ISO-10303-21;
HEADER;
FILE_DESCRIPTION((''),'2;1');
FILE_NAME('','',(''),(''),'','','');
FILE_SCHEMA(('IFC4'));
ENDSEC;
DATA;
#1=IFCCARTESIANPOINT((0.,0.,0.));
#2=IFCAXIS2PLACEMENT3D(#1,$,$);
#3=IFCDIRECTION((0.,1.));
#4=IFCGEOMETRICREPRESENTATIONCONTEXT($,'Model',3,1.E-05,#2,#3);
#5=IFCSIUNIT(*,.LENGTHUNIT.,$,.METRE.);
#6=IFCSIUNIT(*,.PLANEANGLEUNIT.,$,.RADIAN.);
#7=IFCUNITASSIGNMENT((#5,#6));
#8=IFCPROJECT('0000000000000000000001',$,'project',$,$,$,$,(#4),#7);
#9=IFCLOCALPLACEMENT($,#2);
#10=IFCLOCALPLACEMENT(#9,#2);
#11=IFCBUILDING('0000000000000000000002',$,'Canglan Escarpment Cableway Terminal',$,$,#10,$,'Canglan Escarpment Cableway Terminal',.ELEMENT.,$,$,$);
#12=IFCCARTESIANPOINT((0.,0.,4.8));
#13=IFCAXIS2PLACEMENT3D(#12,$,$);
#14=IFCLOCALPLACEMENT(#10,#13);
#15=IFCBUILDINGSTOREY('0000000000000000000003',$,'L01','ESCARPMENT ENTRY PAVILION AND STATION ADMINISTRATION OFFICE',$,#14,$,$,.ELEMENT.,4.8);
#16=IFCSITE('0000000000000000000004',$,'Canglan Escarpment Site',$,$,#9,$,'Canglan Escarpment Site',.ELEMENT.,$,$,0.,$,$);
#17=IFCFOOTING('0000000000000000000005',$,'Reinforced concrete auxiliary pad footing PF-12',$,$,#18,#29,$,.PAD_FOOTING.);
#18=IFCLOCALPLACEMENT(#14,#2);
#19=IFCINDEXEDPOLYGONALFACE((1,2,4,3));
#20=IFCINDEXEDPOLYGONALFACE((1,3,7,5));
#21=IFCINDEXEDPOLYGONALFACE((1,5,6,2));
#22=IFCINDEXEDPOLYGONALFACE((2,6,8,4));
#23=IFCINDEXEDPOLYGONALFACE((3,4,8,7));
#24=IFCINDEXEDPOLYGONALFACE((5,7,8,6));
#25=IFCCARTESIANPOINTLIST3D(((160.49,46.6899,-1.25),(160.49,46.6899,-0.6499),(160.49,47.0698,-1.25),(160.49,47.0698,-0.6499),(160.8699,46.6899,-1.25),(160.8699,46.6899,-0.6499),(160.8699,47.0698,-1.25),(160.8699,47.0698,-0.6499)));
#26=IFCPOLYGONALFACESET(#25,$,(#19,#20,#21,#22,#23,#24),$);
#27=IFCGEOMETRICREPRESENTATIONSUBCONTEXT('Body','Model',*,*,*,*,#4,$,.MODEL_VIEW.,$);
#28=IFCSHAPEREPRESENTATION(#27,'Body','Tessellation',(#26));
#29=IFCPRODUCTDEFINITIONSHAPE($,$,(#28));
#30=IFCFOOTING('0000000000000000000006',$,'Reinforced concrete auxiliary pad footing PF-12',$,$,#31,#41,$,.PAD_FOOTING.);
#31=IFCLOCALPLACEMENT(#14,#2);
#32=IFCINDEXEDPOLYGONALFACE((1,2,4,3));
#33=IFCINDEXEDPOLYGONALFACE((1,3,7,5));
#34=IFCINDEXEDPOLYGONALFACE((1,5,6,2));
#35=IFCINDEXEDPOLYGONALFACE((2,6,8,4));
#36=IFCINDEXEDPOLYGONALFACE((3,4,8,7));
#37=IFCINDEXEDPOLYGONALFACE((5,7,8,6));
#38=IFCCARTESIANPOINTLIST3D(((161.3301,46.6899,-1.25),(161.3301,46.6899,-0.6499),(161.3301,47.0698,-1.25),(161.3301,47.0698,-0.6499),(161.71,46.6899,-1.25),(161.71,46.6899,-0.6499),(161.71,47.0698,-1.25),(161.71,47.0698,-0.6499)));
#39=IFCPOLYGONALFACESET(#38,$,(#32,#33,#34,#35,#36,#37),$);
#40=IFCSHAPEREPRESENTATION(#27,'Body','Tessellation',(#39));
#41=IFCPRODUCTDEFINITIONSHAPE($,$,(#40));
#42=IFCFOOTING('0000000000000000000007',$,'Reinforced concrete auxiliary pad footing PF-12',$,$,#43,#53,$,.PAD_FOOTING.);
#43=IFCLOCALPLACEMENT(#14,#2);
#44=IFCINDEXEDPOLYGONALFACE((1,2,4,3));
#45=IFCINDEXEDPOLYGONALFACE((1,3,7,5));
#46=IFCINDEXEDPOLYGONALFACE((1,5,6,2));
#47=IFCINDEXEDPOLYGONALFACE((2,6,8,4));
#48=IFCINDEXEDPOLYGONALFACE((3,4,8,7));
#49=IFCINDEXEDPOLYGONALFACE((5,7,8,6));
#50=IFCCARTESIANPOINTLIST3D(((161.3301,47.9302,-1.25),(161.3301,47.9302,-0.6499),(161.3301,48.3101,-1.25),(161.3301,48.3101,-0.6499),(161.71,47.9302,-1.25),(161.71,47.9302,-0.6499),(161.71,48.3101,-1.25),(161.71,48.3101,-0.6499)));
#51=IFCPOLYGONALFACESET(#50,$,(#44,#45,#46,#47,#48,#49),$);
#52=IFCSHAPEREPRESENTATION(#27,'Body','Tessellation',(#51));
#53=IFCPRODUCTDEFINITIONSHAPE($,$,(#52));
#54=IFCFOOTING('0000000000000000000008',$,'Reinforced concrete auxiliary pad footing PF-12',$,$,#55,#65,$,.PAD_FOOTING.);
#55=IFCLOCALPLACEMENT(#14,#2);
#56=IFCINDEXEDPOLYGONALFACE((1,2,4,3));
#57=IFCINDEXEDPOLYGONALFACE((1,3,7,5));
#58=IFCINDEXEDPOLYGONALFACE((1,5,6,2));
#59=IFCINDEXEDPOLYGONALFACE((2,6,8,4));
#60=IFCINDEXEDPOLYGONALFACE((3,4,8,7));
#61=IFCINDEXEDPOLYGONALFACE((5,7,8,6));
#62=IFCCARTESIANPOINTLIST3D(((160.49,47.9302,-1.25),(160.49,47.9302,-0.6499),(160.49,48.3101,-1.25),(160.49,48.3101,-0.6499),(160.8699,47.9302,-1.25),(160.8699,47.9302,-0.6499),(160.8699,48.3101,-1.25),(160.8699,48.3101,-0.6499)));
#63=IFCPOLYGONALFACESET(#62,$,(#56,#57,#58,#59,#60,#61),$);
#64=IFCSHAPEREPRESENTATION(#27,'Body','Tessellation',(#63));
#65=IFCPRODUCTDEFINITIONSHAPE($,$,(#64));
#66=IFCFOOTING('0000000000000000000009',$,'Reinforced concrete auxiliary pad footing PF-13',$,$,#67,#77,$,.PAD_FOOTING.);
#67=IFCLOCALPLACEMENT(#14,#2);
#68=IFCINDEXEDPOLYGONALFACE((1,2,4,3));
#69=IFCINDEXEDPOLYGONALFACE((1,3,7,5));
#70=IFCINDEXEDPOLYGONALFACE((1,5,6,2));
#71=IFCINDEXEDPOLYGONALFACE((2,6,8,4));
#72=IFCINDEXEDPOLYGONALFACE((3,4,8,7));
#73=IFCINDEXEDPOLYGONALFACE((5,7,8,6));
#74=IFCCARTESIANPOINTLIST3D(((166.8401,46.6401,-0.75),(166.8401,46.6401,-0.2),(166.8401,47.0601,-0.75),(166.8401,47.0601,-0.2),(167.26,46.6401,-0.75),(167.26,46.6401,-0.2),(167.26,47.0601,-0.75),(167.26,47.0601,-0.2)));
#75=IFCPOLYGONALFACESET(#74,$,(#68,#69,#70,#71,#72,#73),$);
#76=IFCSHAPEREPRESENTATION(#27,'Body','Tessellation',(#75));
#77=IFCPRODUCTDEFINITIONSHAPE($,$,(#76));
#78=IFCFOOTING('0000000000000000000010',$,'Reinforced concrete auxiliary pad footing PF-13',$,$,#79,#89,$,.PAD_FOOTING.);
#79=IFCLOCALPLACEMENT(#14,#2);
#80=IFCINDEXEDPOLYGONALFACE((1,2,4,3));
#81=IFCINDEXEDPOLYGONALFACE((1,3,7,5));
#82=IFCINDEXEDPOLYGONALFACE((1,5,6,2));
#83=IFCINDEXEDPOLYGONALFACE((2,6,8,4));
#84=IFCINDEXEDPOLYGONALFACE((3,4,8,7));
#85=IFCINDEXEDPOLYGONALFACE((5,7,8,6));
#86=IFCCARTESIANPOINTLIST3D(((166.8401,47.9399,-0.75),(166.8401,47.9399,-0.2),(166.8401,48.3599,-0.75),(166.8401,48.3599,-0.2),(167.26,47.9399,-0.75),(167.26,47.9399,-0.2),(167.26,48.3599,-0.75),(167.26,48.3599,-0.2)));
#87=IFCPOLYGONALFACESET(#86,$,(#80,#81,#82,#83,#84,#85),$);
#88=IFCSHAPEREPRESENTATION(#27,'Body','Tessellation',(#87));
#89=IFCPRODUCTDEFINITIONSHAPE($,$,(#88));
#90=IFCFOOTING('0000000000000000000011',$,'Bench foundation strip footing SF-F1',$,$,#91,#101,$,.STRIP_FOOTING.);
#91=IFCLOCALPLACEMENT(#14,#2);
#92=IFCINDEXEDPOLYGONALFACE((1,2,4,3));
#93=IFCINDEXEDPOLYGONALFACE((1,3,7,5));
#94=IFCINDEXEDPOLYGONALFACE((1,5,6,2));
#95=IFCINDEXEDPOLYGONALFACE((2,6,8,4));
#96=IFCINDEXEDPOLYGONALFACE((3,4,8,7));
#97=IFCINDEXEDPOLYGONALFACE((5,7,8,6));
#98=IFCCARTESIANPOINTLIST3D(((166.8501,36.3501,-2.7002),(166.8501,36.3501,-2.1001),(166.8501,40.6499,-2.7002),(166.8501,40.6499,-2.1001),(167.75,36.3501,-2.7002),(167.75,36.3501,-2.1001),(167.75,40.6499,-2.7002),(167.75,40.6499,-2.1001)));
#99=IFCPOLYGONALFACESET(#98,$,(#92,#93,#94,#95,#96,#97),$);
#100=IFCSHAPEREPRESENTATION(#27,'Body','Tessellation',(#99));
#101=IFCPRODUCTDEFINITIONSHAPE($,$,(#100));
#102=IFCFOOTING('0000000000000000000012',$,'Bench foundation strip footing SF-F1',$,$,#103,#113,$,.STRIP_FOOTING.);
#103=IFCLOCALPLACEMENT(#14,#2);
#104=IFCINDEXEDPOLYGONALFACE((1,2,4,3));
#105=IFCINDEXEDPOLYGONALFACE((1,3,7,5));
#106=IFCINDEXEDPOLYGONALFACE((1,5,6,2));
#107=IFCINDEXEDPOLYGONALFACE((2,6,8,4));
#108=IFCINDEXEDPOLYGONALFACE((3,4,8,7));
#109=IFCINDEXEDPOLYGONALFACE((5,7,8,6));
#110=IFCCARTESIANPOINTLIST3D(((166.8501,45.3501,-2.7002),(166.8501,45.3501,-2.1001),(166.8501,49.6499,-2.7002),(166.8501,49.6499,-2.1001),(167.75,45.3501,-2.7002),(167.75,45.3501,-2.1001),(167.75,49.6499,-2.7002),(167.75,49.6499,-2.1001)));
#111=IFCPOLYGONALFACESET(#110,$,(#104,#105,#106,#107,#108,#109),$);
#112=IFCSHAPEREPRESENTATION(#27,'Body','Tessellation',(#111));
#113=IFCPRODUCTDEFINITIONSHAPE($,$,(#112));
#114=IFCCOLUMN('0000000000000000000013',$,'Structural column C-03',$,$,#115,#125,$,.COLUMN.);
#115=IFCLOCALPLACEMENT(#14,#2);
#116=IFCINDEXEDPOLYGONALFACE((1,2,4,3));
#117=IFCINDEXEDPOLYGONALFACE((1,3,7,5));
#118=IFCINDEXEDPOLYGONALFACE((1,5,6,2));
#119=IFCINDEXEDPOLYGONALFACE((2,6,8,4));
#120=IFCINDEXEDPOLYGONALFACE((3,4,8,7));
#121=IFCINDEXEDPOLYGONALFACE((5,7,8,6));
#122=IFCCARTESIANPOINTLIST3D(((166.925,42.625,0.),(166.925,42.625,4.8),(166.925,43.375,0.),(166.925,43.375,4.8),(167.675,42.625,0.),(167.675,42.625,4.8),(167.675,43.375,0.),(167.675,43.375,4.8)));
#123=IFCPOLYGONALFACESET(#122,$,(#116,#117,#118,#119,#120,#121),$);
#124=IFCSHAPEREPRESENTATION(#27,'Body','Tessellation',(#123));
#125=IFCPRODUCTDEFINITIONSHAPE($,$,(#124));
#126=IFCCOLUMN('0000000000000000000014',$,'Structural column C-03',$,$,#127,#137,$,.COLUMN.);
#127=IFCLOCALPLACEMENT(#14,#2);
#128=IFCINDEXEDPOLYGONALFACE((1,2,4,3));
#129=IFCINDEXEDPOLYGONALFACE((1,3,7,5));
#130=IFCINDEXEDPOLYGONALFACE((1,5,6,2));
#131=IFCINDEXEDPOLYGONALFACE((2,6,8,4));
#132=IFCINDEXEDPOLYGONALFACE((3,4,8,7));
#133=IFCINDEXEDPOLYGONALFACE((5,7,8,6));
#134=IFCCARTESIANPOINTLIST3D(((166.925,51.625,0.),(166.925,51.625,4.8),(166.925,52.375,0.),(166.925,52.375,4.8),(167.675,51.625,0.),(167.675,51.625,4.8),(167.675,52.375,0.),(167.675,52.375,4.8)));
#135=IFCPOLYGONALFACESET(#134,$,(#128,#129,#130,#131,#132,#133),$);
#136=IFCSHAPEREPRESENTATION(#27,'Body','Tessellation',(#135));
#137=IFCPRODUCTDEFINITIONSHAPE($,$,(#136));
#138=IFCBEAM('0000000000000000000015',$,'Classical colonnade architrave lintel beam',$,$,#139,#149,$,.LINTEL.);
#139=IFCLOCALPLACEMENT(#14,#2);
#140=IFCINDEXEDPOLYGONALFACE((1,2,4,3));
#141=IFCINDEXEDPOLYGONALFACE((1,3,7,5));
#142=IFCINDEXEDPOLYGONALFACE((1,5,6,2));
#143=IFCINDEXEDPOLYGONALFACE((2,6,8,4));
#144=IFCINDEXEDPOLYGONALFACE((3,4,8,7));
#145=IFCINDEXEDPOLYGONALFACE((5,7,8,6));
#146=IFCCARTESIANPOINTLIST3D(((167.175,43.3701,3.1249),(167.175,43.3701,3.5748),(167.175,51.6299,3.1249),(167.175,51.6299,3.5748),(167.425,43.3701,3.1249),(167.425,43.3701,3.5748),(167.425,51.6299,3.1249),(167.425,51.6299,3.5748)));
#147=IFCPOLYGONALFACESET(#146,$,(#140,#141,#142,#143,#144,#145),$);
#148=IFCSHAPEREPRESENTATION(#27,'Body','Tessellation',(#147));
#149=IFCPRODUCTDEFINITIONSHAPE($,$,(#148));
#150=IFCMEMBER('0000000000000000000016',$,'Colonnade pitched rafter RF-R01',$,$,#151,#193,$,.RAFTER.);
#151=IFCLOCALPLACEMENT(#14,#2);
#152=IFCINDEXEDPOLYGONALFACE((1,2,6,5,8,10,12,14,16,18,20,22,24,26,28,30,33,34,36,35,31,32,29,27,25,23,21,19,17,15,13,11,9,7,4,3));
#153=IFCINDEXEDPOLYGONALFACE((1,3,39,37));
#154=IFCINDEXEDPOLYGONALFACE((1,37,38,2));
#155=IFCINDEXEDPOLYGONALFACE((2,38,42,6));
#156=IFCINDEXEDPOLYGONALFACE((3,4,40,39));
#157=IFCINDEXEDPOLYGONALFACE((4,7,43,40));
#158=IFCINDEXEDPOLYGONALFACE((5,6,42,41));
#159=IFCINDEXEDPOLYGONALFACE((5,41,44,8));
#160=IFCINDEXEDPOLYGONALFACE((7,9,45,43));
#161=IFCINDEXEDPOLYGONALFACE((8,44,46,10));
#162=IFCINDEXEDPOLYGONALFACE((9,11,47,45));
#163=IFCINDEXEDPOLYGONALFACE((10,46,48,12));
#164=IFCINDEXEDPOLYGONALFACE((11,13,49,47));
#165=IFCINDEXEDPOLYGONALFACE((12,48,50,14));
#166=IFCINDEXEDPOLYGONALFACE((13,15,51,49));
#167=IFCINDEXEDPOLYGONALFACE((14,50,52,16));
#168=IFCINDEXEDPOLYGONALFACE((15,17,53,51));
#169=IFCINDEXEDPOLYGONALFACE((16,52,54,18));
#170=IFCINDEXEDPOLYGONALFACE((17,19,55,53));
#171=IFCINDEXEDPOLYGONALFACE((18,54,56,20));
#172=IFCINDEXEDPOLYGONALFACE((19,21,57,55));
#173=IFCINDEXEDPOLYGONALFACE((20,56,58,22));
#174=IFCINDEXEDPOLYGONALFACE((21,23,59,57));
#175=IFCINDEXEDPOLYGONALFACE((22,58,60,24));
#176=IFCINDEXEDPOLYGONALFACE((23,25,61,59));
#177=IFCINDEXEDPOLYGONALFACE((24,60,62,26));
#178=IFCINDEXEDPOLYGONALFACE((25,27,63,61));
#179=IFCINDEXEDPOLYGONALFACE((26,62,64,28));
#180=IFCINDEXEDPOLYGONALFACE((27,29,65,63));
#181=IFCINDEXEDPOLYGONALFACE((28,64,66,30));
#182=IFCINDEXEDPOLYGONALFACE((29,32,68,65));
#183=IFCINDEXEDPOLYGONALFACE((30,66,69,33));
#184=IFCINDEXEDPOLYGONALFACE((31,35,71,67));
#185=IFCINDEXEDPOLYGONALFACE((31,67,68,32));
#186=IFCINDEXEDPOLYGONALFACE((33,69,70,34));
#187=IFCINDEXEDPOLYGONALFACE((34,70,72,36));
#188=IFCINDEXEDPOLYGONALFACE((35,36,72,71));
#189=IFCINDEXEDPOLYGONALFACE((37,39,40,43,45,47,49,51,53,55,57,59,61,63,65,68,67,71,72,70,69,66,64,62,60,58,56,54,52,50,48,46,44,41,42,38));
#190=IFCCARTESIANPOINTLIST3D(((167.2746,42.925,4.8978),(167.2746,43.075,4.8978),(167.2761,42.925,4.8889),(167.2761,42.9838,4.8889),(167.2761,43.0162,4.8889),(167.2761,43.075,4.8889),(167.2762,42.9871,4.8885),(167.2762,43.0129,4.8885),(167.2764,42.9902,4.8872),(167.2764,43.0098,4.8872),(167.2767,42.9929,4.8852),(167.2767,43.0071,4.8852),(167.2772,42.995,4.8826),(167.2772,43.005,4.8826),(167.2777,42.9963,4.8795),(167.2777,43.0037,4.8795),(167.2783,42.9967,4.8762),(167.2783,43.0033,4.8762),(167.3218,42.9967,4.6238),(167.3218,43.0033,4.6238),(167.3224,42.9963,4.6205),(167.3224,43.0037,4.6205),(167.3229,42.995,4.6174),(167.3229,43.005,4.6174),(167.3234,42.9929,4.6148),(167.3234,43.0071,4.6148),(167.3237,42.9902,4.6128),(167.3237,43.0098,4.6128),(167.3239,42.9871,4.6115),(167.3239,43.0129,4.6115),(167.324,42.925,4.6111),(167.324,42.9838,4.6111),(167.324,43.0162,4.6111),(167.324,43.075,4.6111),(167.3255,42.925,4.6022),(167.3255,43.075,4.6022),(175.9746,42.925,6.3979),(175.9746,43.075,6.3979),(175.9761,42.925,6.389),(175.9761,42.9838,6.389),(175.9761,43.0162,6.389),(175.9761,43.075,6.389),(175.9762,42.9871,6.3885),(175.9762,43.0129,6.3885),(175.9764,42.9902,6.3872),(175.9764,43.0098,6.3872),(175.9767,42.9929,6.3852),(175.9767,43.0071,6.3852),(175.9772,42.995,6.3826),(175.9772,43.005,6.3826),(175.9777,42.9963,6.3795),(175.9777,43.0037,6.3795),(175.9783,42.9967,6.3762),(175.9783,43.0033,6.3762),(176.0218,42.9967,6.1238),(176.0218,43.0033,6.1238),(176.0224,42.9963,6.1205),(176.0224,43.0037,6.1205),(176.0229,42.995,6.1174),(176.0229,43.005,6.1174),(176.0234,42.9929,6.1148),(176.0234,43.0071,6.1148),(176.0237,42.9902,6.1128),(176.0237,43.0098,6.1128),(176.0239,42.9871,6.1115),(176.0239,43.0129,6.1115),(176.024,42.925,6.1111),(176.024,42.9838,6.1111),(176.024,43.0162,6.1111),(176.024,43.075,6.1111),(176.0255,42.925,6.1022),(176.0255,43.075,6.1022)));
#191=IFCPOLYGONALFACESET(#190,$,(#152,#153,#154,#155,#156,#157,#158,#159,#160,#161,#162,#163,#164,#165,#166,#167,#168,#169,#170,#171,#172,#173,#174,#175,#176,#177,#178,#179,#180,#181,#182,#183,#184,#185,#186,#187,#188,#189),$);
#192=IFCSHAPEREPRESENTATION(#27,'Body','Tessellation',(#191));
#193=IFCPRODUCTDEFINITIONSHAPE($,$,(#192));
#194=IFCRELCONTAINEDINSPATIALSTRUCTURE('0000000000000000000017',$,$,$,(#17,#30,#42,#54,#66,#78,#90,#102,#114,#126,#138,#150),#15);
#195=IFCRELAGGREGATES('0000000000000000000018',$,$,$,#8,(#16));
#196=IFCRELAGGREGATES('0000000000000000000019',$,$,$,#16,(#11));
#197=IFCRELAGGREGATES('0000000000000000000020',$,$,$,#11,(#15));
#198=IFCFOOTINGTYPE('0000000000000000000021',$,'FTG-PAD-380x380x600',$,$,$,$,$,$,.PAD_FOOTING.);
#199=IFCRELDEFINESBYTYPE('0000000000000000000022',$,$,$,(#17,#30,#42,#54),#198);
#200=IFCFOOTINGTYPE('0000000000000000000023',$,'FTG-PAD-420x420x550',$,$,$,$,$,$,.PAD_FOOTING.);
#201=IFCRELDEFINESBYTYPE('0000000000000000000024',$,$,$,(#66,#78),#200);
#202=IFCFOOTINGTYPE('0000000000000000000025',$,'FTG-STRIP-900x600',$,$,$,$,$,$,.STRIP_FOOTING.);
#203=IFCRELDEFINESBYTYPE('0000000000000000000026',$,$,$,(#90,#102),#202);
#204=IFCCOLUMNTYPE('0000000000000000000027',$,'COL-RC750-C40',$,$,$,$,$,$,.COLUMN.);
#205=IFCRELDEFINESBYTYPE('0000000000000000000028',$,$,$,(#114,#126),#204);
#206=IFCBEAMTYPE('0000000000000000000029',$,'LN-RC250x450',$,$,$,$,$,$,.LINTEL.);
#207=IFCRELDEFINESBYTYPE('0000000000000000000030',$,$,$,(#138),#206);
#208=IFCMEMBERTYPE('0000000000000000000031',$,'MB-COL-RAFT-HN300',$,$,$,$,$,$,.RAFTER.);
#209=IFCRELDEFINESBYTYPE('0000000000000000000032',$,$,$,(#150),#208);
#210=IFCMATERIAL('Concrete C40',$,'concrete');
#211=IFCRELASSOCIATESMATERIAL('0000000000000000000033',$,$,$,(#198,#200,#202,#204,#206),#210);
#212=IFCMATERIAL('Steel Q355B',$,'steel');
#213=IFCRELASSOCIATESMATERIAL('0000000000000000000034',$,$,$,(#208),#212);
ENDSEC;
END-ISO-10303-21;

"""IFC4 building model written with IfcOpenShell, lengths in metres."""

from ifc_helpers import new_model, si_unit, direction, frame, origin, origin_2d, place, context, subcontext, project, spatial, rectangle, i_section, extrude, material, material_profile, profile_set, type_object, element, save


model = new_model("IFC4")

# Units and contexts
model_context = context("Model", 3, precision=1e-05, world=origin(), true_north=direction((0.0, 1.0)))
body_context = subcontext(model_context, "Body", "Model", "MODEL_VIEW")
ifc_project = project(units=[si_unit("LENGTHUNIT", "METRE"), si_unit("PLANEANGLEUNIT", "RADIAN")], contexts=[model_context])

# Site, building, storey
site_placement = place(None, origin())
site = spatial("IfcSite", under=ifc_project, at=site_placement, Name="Canglan Escarpment Site", LongName="Canglan Escarpment Site", CompositionType="ELEMENT", RefElevation=0.0)
building_placement = place(site_placement, origin())
building = spatial("IfcBuilding", under=site, at=building_placement, Name="Canglan Escarpment Cableway Terminal", LongName="Canglan Escarpment Cableway Terminal", CompositionType="ELEMENT")
storey_placement = place(building_placement, frame((0.0, 0.0, 4.8)))
storey = spatial("IfcBuildingStorey", under=building, at=storey_placement, Name="L01", Description="ESCARPMENT ENTRY PAVILION AND STATION ADMINISTRATION OFFICE", CompositionType="ELEMENT", Elevation=4.8)

# Footings
ifc_material_1 = material(Name="Concrete C40", Category="concrete")
footing_type_1 = type_object("IfcFootingType", Name="FTG-PAD-380x380x600", PredefinedType="PAD_FOOTING", material=ifc_material_1)
for number, where, z_axis, x_axis, name in (
    (1, (160.6799, 46.8799, -1.25), (0.0, 0.0, 1.0), (1.0, 0.0, 0.0), "Reinforced concrete auxiliary pad footing PF-12"),
    (2, (161.52, 46.8799, -1.25), (0.0, 0.0, 1.0), (1.0, 0.0, 0.0), "Reinforced concrete auxiliary pad footing PF-12"),
    (3, (161.52, 48.1201, -1.25), (0.0, 0.0, 1.0), (1.0, 0.0, 0.0), "Reinforced concrete auxiliary pad footing PF-12"),
    (4, (160.6799, 48.1201, -1.25), (0.0, 0.0, 1.0), (1.0, 0.0, 0.0), "Reinforced concrete auxiliary pad footing PF-12"),
):
    element("IfcFooting", number, at=place(storey_placement, frame(where, z_axis=z_axis, x_axis=x_axis)), inside=storey, type_object=footing_type_1, Name=name, PredefinedType="PAD_FOOTING", context=body_context, shape_type="SweptSolid", body=[
        extrude(rectangle(XDim=0.3799, YDim=0.3799, at=origin_2d()), origin(), (0.0, 0.0, 1.0), 0.6001),
    ])
footing_type_2 = type_object("IfcFootingType", Name="FTG-PAD-420x420x550", PredefinedType="PAD_FOOTING", material=ifc_material_1)
for number, where, z_axis, x_axis, name in (
    (5, (167.05, 46.8501, -0.75), (0.0, 0.0, 1.0), (1.0, 0.0, 0.0), "Reinforced concrete auxiliary pad footing PF-13"),
    (6, (167.05, 48.1499, -0.75), (0.0, 0.0, 1.0), (1.0, 0.0, 0.0), "Reinforced concrete auxiliary pad footing PF-13"),
):
    element("IfcFooting", number, at=place(storey_placement, frame(where, z_axis=z_axis, x_axis=x_axis)), inside=storey, type_object=footing_type_2, Name=name, PredefinedType="PAD_FOOTING", context=body_context, shape_type="SweptSolid", body=[
        extrude(rectangle(XDim=0.4199, YDim=0.4199, at=origin_2d()), origin(), (0.0, 0.0, 1.0), 0.55),
    ])
ifc_material_profile_1 = material_profile(ifc_material_1, rectangle(XDim=0.8999, YDim=0.6001, at=origin_2d()), Name="SF 900x600")
ifc_profile_set_1 = profile_set([ifc_material_profile_1], Name="Concrete C40")
footing_type_3 = type_object("IfcFootingType", Name="FTG-STRIP-900x600", PredefinedType="STRIP_FOOTING", material=ifc_profile_set_1)
for number, where, z_axis, x_axis, name in (
    (7, (167.3, 36.3501, -2.4001), (0.0, 1.0, 0.0), (-1.0, 0.0, 0.0), "Bench foundation strip footing SF-F1"),
    (8, (167.3, 45.3501, -2.4001), (0.0, 1.0, 0.0), (-1.0, 0.0, 0.0), "Bench foundation strip footing SF-F1"),
):
    element("IfcFooting", number, at=place(storey_placement, frame(where, z_axis=z_axis, x_axis=x_axis)), inside=storey, type_object=footing_type_3, Name=name, PredefinedType="STRIP_FOOTING", context=body_context, shape_type="SweptSolid", body=[
        extrude(rectangle(XDim=0.8999, YDim=0.6001, at=origin_2d()), origin(), (0.0, 0.0, 1.0), 4.2998),
    ])

# Columns
ifc_material_profile_2 = material_profile(ifc_material_1, rectangle(XDim=0.75, YDim=0.75, at=origin_2d()), Name="RC 750x750")
ifc_profile_set_2 = profile_set([ifc_material_profile_2], Name="Concrete C40")
column_type = type_object("IfcColumnType", Name="COL-RC750-C40", PredefinedType="COLUMN", material=ifc_profile_set_2)
for number, where, z_axis, x_axis, name in (
    (9, (167.3, 43.0, 0.0), (0.0, 0.0, 1.0), (1.0, 0.0, 0.0), "Structural column C-03"),
    (10, (167.3, 52.0, 0.0), (0.0, 0.0, 1.0), (1.0, 0.0, 0.0), "Structural column C-03"),
):
    element("IfcColumn", number, at=place(storey_placement, frame(where, z_axis=z_axis, x_axis=x_axis)), inside=storey, type_object=column_type, Name=name, PredefinedType="COLUMN", context=body_context, shape_type="SweptSolid", body=[
        extrude(rectangle(XDim=0.75, YDim=0.75, at=origin_2d()), origin(), (0.0, 0.0, 1.0), 4.8),
    ])

# Beam
ifc_material_profile_3 = material_profile(ifc_material_1, rectangle(XDim=0.25, YDim=0.45, at=origin_2d()), Name="RC 250x450")
ifc_profile_set_3 = profile_set([ifc_material_profile_3], Name="Concrete C40")
beam_type = type_object("IfcBeamType", Name="LN-RC250x450", PredefinedType="LINTEL", material=ifc_profile_set_3)
beam_placement = place(storey_placement, frame((167.3, 43.3701, 3.3499), z_axis=(0.0, 1.0, 0.0), x_axis=(-1.0, 0.0, 0.0)))
element("IfcBeam", 11, at=beam_placement, inside=storey, type_object=beam_type, Name="Classical colonnade architrave lintel beam", PredefinedType="LINTEL", context=body_context, shape_type="SweptSolid", body=[
    extrude(rectangle(XDim=0.25, YDim=0.45, at=origin_2d()), origin(), (0.0, 0.0, 1.0), 8.2598),
])

# Member
ifc_material_2 = material(Name="Steel Q355B", Category="steel")
ifc_material_profile_4 = material_profile(ifc_material_2, i_section(OverallWidth=0.1499, OverallDepth=0.3, WebThickness=0.0066, FlangeThickness=0.009, FilletRadius=0.0129, at=origin_2d()), Name="HN 300x150x6.5x9")
ifc_profile_set_4 = profile_set([ifc_material_profile_4], Name="Steel Q355B")
member_type_1 = type_object("IfcMemberType", Name="MB-COL-RAFT-HN300", PredefinedType="RAFTER", material=ifc_profile_set_4)
for number, where, z_axis, x_axis, name in (
    (12, (167.3, 43.0, 4.75), (0.98546, 0.0, 0.169908), (0.0, 1.0, 0.0), "Colonnade pitched rafter RF-R01"),
):
    element("IfcMember", number, at=place(storey_placement, frame(where, z_axis=z_axis, x_axis=x_axis)), inside=storey, type_object=member_type_1, Name=name, PredefinedType="RAFTER", context=body_context, shape_type="SweptSolid", body=[
        extrude(i_section(OverallWidth=0.1499, OverallDepth=0.3, WebThickness=0.0066, FlangeThickness=0.009, FilletRadius=0.0129, at=origin_2d()), origin(), (0.0, 0.0, 1.0), 8.8284),
    ])

save(model, "model.ifc")
